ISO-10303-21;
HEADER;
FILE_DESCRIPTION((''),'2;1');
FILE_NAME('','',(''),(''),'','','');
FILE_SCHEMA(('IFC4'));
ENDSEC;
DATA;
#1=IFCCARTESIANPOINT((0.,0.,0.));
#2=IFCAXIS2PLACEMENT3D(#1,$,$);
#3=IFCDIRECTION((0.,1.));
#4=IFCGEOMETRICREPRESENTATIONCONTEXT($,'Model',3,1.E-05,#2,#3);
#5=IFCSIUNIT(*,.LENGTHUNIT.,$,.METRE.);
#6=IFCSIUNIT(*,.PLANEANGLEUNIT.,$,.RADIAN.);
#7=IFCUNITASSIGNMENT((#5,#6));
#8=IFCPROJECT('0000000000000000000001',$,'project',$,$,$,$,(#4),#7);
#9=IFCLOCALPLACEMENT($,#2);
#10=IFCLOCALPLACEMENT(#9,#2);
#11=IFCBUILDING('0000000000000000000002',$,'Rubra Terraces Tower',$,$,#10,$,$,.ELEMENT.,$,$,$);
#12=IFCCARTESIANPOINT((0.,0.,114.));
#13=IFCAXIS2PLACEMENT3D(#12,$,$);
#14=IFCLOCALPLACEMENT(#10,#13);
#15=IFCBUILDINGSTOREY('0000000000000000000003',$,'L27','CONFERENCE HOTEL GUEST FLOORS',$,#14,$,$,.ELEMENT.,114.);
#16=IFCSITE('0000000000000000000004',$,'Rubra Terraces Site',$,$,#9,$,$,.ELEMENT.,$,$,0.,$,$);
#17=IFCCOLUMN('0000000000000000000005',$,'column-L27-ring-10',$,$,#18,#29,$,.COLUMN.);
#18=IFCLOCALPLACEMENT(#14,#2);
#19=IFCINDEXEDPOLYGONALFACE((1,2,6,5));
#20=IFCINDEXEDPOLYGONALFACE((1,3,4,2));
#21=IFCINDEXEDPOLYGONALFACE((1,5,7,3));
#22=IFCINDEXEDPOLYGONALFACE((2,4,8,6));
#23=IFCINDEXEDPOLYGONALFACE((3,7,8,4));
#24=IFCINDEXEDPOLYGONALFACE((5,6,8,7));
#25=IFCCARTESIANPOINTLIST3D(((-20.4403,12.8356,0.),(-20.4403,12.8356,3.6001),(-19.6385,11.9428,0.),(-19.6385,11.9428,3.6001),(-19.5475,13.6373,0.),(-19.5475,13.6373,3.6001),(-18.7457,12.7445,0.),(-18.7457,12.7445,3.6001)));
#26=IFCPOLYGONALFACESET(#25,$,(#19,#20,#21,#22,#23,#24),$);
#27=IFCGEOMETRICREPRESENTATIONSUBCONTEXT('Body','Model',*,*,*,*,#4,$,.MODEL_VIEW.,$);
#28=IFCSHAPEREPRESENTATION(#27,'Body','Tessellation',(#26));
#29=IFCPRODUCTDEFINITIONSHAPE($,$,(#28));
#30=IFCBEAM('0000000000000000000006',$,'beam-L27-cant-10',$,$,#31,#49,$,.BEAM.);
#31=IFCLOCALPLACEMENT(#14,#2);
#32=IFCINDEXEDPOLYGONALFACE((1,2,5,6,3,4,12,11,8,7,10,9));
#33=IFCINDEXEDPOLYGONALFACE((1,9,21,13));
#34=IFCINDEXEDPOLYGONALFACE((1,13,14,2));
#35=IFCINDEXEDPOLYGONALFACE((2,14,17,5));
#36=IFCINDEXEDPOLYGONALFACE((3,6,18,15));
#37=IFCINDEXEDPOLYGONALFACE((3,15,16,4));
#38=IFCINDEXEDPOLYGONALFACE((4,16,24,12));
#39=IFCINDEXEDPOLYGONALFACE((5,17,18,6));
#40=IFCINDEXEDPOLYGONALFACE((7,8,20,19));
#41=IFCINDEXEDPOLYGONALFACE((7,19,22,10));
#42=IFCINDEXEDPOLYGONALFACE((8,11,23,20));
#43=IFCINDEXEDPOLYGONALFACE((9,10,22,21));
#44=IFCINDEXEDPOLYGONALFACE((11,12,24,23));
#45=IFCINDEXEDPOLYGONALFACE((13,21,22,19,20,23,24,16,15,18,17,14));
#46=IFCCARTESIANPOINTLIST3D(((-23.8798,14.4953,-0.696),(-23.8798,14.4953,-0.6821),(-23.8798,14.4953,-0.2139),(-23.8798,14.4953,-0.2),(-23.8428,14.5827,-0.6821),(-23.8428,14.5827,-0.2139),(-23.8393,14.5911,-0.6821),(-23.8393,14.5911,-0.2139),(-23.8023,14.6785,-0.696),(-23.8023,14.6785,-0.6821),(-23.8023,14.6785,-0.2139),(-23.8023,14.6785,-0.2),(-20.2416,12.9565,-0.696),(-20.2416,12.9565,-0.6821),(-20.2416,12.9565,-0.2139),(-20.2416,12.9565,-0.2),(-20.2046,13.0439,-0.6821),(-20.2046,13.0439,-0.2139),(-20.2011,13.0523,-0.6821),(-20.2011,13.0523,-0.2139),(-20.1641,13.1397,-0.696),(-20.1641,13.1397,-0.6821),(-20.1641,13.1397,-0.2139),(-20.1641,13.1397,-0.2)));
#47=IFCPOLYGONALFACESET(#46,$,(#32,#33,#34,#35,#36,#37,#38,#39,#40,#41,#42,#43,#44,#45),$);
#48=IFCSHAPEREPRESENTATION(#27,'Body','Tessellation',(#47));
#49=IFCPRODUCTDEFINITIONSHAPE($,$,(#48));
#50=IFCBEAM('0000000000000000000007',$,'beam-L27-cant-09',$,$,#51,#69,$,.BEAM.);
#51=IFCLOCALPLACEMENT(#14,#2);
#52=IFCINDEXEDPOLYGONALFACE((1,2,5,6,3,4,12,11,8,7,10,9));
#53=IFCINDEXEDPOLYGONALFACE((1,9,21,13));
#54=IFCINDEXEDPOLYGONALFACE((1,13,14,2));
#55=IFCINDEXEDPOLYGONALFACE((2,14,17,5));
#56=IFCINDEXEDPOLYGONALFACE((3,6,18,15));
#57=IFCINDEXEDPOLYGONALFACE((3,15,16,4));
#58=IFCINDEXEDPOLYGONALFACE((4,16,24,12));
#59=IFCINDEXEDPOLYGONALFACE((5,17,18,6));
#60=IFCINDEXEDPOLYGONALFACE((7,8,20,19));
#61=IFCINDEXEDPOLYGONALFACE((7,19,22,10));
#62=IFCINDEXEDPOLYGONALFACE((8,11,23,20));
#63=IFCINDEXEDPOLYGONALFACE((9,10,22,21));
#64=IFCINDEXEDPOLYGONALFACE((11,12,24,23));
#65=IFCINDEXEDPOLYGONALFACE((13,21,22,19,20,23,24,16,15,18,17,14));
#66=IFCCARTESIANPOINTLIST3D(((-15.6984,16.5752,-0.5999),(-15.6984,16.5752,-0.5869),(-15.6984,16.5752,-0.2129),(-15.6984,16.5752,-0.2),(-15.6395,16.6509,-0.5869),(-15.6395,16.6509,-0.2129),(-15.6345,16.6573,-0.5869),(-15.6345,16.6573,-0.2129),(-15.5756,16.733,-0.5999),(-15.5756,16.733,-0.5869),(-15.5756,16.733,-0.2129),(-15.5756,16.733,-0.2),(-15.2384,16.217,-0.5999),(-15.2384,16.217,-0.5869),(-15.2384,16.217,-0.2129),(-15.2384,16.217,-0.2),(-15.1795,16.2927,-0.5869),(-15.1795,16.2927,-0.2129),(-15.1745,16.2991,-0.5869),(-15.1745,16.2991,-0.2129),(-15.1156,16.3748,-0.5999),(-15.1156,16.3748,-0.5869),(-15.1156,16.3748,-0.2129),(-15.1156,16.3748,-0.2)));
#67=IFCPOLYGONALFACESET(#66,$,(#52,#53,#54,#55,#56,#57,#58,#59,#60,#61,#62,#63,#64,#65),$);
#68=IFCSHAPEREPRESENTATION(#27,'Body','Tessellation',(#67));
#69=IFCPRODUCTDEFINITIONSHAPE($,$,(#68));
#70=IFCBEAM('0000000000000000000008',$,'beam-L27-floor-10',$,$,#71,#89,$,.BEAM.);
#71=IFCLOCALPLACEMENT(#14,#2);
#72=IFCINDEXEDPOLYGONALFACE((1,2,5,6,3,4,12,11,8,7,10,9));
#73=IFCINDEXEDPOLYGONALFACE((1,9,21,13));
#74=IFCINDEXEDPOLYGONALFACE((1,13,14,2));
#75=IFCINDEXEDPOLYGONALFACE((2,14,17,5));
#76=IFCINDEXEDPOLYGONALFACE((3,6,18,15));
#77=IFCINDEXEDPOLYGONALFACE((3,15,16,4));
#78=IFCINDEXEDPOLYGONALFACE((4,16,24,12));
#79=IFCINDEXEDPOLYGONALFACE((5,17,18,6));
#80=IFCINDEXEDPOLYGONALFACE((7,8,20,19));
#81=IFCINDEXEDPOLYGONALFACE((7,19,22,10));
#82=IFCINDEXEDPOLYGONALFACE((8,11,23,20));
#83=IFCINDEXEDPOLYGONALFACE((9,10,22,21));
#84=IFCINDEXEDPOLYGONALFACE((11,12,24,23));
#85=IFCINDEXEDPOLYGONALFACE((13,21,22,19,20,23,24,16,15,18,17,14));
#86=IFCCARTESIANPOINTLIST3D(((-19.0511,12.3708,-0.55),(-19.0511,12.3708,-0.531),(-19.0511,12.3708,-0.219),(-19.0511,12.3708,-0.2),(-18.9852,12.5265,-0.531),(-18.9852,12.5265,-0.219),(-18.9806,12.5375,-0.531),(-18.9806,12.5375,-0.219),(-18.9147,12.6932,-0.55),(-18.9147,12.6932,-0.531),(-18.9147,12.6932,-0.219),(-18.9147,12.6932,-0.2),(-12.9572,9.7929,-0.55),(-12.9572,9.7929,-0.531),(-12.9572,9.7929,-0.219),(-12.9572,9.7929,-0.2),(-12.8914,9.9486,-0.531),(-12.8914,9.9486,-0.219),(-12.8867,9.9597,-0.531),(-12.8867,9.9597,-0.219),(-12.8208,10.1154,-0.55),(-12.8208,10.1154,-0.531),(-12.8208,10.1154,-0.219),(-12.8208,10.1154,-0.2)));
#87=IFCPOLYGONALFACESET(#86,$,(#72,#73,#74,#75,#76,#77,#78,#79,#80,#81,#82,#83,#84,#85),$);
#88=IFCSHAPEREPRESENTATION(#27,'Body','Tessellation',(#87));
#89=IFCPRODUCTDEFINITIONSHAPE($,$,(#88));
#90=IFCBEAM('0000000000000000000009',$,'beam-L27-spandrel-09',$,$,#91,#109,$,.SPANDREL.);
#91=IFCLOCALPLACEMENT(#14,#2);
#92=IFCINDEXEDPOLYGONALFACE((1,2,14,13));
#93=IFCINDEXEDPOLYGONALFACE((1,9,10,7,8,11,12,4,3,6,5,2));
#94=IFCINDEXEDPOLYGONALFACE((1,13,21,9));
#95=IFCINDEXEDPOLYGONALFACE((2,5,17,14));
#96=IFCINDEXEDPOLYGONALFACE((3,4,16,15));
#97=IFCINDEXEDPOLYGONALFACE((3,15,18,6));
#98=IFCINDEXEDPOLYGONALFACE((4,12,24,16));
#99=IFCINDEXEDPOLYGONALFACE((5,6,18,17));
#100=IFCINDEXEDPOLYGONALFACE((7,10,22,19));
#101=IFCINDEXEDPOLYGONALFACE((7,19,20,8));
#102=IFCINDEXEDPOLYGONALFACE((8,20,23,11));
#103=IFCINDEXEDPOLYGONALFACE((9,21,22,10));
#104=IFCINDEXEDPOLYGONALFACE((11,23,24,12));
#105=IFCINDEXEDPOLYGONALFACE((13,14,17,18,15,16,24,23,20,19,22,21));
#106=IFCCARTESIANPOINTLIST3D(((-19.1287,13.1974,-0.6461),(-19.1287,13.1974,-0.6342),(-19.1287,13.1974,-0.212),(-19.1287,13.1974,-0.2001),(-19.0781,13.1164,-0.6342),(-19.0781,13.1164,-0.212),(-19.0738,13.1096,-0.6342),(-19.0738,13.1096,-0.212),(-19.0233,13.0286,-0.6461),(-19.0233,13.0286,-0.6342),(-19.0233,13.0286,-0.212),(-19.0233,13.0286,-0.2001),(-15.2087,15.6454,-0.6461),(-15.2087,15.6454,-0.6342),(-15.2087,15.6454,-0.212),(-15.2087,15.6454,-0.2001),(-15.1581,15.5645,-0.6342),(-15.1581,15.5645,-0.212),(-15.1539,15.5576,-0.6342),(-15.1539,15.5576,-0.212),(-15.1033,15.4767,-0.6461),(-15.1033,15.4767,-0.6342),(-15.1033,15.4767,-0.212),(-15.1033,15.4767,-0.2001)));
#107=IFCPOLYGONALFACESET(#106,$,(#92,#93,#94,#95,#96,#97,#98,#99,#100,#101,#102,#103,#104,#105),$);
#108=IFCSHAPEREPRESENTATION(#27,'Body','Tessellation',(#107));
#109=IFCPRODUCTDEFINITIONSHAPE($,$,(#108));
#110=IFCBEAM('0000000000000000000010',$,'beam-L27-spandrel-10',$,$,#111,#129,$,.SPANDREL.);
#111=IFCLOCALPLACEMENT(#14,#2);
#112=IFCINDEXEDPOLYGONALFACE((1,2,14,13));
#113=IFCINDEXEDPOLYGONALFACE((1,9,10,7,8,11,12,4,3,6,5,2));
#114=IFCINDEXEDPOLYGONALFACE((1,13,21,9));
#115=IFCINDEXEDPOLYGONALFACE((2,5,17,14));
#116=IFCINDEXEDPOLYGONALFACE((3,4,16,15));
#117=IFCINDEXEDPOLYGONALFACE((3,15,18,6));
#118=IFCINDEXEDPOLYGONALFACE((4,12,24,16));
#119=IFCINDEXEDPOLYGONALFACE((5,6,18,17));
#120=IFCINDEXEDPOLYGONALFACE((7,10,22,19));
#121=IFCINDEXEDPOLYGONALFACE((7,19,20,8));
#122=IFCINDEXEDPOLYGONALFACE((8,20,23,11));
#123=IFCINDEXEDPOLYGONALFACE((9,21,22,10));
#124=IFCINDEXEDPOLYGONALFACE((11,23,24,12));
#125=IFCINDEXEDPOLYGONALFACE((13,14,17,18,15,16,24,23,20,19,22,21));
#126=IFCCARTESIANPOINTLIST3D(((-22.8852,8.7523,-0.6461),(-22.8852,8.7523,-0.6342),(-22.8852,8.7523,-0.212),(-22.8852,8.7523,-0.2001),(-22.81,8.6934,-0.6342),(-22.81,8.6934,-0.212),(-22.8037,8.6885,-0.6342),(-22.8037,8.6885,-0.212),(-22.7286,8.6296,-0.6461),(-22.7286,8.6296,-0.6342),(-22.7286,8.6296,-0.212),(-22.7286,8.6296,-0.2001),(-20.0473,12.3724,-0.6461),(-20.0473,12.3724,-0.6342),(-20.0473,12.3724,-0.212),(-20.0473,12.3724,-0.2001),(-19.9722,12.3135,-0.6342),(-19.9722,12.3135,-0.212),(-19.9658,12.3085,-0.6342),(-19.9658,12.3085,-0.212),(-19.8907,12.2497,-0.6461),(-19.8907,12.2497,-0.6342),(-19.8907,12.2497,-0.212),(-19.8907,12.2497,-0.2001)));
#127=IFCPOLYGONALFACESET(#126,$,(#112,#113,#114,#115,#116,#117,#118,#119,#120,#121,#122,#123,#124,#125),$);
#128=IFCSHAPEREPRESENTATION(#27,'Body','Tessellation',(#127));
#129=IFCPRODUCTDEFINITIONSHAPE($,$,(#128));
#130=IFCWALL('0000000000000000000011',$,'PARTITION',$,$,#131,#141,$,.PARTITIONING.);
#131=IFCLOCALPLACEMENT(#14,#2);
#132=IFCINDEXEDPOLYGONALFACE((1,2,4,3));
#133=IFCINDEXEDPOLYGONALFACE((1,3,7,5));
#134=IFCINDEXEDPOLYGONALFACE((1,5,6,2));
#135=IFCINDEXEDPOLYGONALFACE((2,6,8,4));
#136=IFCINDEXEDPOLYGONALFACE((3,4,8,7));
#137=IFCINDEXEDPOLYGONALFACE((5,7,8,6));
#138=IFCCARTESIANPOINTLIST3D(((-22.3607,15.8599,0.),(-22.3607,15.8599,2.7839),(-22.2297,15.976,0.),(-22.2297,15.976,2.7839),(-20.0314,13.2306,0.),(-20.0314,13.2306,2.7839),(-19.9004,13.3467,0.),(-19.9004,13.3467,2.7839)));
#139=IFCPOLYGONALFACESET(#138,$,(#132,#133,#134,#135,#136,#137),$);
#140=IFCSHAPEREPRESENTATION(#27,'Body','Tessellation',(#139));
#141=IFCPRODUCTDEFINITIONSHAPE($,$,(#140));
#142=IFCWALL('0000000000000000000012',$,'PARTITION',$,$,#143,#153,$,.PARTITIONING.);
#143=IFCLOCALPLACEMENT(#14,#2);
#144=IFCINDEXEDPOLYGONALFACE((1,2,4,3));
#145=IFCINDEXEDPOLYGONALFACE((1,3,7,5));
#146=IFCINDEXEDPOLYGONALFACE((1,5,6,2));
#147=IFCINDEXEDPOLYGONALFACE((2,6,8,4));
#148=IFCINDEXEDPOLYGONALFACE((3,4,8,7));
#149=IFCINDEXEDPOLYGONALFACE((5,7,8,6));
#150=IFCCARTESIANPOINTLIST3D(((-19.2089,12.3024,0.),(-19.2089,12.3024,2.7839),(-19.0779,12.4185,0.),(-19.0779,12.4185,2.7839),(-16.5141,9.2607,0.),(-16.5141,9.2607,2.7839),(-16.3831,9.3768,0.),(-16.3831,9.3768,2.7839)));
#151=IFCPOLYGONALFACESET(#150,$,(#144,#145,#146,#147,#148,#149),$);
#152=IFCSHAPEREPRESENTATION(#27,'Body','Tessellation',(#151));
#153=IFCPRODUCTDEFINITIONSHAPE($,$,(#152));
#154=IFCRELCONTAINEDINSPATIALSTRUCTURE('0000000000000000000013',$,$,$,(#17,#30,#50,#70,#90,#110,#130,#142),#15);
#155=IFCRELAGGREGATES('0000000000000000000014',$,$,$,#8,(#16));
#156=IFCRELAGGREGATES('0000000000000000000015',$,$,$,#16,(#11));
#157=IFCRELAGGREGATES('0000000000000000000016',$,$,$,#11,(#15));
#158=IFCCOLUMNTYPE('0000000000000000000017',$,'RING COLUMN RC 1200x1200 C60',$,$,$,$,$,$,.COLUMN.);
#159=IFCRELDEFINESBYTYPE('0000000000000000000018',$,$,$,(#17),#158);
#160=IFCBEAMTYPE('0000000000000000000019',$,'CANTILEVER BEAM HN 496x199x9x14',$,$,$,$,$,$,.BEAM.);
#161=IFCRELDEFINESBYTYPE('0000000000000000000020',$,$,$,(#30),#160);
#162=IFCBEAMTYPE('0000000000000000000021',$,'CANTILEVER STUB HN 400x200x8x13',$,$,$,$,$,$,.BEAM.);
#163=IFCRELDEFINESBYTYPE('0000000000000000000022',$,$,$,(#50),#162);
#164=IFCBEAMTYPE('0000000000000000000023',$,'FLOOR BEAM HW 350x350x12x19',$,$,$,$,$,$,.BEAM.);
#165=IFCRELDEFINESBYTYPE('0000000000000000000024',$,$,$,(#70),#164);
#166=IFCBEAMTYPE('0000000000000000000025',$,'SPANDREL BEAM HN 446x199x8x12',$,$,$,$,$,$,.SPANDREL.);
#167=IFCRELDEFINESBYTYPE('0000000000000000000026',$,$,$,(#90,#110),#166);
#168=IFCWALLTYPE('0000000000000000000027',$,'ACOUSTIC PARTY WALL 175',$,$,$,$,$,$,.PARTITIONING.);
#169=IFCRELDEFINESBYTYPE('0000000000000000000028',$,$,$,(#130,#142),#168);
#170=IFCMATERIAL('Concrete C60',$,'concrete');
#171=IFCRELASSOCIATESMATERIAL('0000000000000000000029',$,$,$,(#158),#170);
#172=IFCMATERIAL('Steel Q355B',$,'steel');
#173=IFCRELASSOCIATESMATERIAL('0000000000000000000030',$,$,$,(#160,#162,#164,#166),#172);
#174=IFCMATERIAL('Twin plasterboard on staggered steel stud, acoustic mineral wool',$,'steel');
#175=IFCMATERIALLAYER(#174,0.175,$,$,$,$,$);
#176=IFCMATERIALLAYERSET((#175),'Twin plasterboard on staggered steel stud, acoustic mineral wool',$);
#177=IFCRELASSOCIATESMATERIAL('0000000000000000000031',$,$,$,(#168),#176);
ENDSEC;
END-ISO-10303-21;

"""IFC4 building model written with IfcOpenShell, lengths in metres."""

from ifc_helpers import new_model, si_unit, direction, frame, frame_2d, origin, origin_2d, place, context, subcontext, project, spatial, rectangle, i_section, extrude, material, layer, layer_set, material_profile, profile_set, type_object, element, save


model = new_model("IFC4")

# Units and contexts
model_context = context("Model", 3, precision=1e-05, world=origin(), true_north=direction((0.0, 1.0)))
body_context = subcontext(model_context, "Body", "Model", "MODEL_VIEW")
ifc_project = project(units=[si_unit("LENGTHUNIT", "METRE"), si_unit("PLANEANGLEUNIT", "RADIAN")], contexts=[model_context])

# Site, building, storey
site_placement = place(None, origin())
site = spatial("IfcSite", under=ifc_project, at=site_placement, Name="Rubra Terraces Site", CompositionType="ELEMENT", RefElevation=0.0)
building_placement = place(site_placement, origin())
building = spatial("IfcBuilding", under=site, at=building_placement, Name="Rubra Terraces Tower", CompositionType="ELEMENT")
storey_placement = place(building_placement, frame((0.0, 0.0, 114.0)))
storey = spatial("IfcBuildingStorey", under=building, at=storey_placement, Name="L27", Description="CONFERENCE HOTEL GUEST FLOORS", CompositionType="ELEMENT", Elevation=114.0)

# Column
ifc_material_1 = material(Name="Concrete C60", Category="concrete")
ifc_material_profile_1 = material_profile(ifc_material_1, rectangle(XDim=1.2, YDim=1.2, at=origin_2d()), Name="RC 1200x1200")
ifc_profile_set_1 = profile_set([ifc_material_profile_1], Name="Concrete C60")
column_type = type_object("IfcColumnType", Name="RING COLUMN RC 1200x1200 C60", PredefinedType="COLUMN", material=ifc_profile_set_1)
column_placement = place(storey_placement, frame((-19.593, 12.79, 0.0), z_axis=(0.0, 0.0, 1.0), x_axis=(-0.744021, -0.668156, 0.0)))
element("IfcColumn", 1, at=column_placement, inside=storey, type_object=column_type, Name="column-L27-ring-10", PredefinedType="COLUMN", context=body_context, shape_type="SweptSolid", body=[
    extrude(rectangle(XDim=1.2, YDim=1.2, at=origin_2d()), origin(), (0.0, 0.0, 1.0), 3.6001),
])

# Beams
ifc_material_2 = material(Name="Steel Q355B", Category="steel")
ifc_material_profile_2 = material_profile(ifc_material_2, i_section(OverallWidth=0.199, OverallDepth=0.4961, WebThickness=0.009, FlangeThickness=0.0139, at=origin_2d()), Name="HN 496x199x9x14")
ifc_profile_set_2 = profile_set([ifc_material_profile_2], Name="Steel Q355B")
beam_type_1 = type_object("IfcBeamType", Name="CANTILEVER BEAM HN 496x199x9x14", PredefinedType="BEAM", material=ifc_profile_set_2)
beam_1_placement = place(storey_placement, frame((-20.2029, 13.0481, -0.448), z_axis=(-0.921005, 0.389551, 0.0), x_axis=(-0.389551, -0.921005, 0.0)))
element("IfcBeam", 2, at=beam_1_placement, inside=storey, type_object=beam_type_1, Name="beam-L27-cant-10", PredefinedType="BEAM", context=body_context, shape_type="SweptSolid", body=[
    extrude(i_section(OverallWidth=0.199, OverallDepth=0.4961, WebThickness=0.009, FlangeThickness=0.0139, at=origin_2d()), origin(), (0.0, 0.0, 1.0), 3.9502),
])
ifc_material_profile_3 = material_profile(ifc_material_2, i_section(OverallWidth=0.2, OverallDepth=0.3999, WebThickness=0.0081, FlangeThickness=0.0129, at=origin_2d()), Name="HN 400x200x8x13")
ifc_profile_set_3 = profile_set([ifc_material_profile_3], Name="Steel Q355B")
beam_type_2 = type_object("IfcBeamType", Name="CANTILEVER STUB HN 400x200x8x13", PredefinedType="BEAM", material=ifc_profile_set_3)
beam_2_placement = place(storey_placement, frame((-15.177, 16.2959, -0.3999), z_axis=(-0.789014, 0.614375, 0.0), x_axis=(-0.614375, -0.789014, 0.0)))
element("IfcBeam", 3, at=beam_2_placement, inside=storey, type_object=beam_type_2, Name="beam-L27-cant-09", PredefinedType="BEAM", context=body_context, shape_type="SweptSolid", body=[
    extrude(i_section(OverallWidth=0.2, OverallDepth=0.3999, WebThickness=0.0081, FlangeThickness=0.0129, at=origin_2d()), origin(), (0.0, 0.0, 1.0), 0.583),
])
ifc_material_profile_4 = material_profile(ifc_material_2, i_section(OverallWidth=0.3501, OverallDepth=0.3501, WebThickness=0.012, FlangeThickness=0.019, at=origin_2d()), Name="HW 350x350x12x19")
ifc_profile_set_4 = profile_set([ifc_material_profile_4], Name="Steel Q355B")
beam_type_3 = type_object("IfcBeamType", Name="FLOOR BEAM HW 350x350x12x19", PredefinedType="BEAM", material=ifc_profile_set_4)
beam_3_placement = place(storey_placement, frame((-18.9829, 12.532, -0.375), z_axis=(0.920986, -0.389595, 0.0), x_axis=(0.389595, 0.920986, 0.0)))
element("IfcBeam", 4, at=beam_3_placement, inside=storey, type_object=beam_type_3, Name="beam-L27-floor-10", PredefinedType="BEAM", context=body_context, shape_type="SweptSolid", body=[
    extrude(i_section(OverallWidth=0.3501, OverallDepth=0.3501, WebThickness=0.012, FlangeThickness=0.019, at=origin_2d()), origin(), (0.0, 0.0, 1.0), 6.6167),
])
ifc_material_profile_5 = material_profile(ifc_material_2, i_section(OverallWidth=0.199, OverallDepth=0.446, WebThickness=0.0081, FlangeThickness=0.012, at=origin_2d()), Name="HN 446x199x8x12")
ifc_profile_set_5 = profile_set([ifc_material_profile_5], Name="Steel Q355B")
beam_type_4 = type_object("IfcBeamType", Name="SPANDREL BEAM HN 446x199x8x12", PredefinedType="SPANDREL", material=ifc_profile_set_5)
beam_4_placement = place(storey_placement, frame((-15.156, 15.561, -0.4231), z_axis=(-0.848188, -0.529695, 0.0), x_axis=(0.529695, -0.848188, 0.0)))
element("IfcBeam", 5, at=beam_4_placement, inside=storey, type_object=beam_type_4, Name="beam-L27-spandrel-09", PredefinedType="SPANDREL", context=body_context, shape_type="SweptSolid", body=[
    extrude(i_section(OverallWidth=0.199, OverallDepth=0.446, WebThickness=0.0081, FlangeThickness=0.012, at=origin_2d()), origin(), (0.0, 0.0, 1.0), 4.6216),
])
beam_5_placement = place(storey_placement, frame((-19.969, 12.311, -0.4231), z_axis=(-0.616949, -0.787003, 0.0), x_axis=(0.787003, -0.616949, 0.0)))
element("IfcBeam", 6, at=beam_5_placement, inside=storey, type_object=beam_type_4, Name="beam-L27-spandrel-10", PredefinedType="SPANDREL", context=body_context, shape_type="SweptSolid", body=[
    extrude(i_section(OverallWidth=0.199, OverallDepth=0.446, WebThickness=0.0081, FlangeThickness=0.012, at=origin_2d()), origin(), (0.0, 0.0, 1.0), 4.5999),
])

# Walls
ifc_material_3 = material(Name="Twin plasterboard on staggered steel stud, acoustic mineral wool", Category="steel")
ifc_layer_1 = layer(ifc_material_3, 0.175)
ifc_layer_set_1 = layer_set([ifc_layer_1], Name="Twin plasterboard on staggered steel stud, acoustic mineral wool")
wall_type_1 = type_object("IfcWallType", Name="ACOUSTIC PARTY WALL 175", PredefinedType="PARTITIONING", material=ifc_layer_set_1)
wall_1_placement = place(storey_placement, frame((-22.2952, 15.918, 0.0), z_axis=(0.0, 0.0, 1.0), x_axis=(0.663108, -0.748524, 0.0)))
element("IfcWall", 7, at=wall_1_placement, inside=storey, type_object=wall_type_1, Name="PARTITION", PredefinedType="PARTITIONING", context=body_context, shape_type="SweptSolid", body=[
    extrude(rectangle(XDim=3.5127, YDim=0.175, at=frame_2d((1.7563, 0.0))), origin(), (0.0, 0.0, 1.0), 2.7839),
])
wall_2_placement = place(storey_placement, frame((-19.1433, 12.3604, 0.0), z_axis=(0.0, 0.0, 1.0), x_axis=(0.663132, -0.748502, 0.0)))
element("IfcWall", 8, at=wall_2_placement, inside=storey, type_object=wall_type_1, Name="PARTITION", PredefinedType="PARTITIONING", context=body_context, shape_type="SweptSolid", body=[
    extrude(rectangle(XDim=4.0637, YDim=0.175, at=frame_2d((2.0317, 0.0))), origin(), (0.0, 0.0, 1.0), 2.7839),
])

save(model, "model.ifc")
